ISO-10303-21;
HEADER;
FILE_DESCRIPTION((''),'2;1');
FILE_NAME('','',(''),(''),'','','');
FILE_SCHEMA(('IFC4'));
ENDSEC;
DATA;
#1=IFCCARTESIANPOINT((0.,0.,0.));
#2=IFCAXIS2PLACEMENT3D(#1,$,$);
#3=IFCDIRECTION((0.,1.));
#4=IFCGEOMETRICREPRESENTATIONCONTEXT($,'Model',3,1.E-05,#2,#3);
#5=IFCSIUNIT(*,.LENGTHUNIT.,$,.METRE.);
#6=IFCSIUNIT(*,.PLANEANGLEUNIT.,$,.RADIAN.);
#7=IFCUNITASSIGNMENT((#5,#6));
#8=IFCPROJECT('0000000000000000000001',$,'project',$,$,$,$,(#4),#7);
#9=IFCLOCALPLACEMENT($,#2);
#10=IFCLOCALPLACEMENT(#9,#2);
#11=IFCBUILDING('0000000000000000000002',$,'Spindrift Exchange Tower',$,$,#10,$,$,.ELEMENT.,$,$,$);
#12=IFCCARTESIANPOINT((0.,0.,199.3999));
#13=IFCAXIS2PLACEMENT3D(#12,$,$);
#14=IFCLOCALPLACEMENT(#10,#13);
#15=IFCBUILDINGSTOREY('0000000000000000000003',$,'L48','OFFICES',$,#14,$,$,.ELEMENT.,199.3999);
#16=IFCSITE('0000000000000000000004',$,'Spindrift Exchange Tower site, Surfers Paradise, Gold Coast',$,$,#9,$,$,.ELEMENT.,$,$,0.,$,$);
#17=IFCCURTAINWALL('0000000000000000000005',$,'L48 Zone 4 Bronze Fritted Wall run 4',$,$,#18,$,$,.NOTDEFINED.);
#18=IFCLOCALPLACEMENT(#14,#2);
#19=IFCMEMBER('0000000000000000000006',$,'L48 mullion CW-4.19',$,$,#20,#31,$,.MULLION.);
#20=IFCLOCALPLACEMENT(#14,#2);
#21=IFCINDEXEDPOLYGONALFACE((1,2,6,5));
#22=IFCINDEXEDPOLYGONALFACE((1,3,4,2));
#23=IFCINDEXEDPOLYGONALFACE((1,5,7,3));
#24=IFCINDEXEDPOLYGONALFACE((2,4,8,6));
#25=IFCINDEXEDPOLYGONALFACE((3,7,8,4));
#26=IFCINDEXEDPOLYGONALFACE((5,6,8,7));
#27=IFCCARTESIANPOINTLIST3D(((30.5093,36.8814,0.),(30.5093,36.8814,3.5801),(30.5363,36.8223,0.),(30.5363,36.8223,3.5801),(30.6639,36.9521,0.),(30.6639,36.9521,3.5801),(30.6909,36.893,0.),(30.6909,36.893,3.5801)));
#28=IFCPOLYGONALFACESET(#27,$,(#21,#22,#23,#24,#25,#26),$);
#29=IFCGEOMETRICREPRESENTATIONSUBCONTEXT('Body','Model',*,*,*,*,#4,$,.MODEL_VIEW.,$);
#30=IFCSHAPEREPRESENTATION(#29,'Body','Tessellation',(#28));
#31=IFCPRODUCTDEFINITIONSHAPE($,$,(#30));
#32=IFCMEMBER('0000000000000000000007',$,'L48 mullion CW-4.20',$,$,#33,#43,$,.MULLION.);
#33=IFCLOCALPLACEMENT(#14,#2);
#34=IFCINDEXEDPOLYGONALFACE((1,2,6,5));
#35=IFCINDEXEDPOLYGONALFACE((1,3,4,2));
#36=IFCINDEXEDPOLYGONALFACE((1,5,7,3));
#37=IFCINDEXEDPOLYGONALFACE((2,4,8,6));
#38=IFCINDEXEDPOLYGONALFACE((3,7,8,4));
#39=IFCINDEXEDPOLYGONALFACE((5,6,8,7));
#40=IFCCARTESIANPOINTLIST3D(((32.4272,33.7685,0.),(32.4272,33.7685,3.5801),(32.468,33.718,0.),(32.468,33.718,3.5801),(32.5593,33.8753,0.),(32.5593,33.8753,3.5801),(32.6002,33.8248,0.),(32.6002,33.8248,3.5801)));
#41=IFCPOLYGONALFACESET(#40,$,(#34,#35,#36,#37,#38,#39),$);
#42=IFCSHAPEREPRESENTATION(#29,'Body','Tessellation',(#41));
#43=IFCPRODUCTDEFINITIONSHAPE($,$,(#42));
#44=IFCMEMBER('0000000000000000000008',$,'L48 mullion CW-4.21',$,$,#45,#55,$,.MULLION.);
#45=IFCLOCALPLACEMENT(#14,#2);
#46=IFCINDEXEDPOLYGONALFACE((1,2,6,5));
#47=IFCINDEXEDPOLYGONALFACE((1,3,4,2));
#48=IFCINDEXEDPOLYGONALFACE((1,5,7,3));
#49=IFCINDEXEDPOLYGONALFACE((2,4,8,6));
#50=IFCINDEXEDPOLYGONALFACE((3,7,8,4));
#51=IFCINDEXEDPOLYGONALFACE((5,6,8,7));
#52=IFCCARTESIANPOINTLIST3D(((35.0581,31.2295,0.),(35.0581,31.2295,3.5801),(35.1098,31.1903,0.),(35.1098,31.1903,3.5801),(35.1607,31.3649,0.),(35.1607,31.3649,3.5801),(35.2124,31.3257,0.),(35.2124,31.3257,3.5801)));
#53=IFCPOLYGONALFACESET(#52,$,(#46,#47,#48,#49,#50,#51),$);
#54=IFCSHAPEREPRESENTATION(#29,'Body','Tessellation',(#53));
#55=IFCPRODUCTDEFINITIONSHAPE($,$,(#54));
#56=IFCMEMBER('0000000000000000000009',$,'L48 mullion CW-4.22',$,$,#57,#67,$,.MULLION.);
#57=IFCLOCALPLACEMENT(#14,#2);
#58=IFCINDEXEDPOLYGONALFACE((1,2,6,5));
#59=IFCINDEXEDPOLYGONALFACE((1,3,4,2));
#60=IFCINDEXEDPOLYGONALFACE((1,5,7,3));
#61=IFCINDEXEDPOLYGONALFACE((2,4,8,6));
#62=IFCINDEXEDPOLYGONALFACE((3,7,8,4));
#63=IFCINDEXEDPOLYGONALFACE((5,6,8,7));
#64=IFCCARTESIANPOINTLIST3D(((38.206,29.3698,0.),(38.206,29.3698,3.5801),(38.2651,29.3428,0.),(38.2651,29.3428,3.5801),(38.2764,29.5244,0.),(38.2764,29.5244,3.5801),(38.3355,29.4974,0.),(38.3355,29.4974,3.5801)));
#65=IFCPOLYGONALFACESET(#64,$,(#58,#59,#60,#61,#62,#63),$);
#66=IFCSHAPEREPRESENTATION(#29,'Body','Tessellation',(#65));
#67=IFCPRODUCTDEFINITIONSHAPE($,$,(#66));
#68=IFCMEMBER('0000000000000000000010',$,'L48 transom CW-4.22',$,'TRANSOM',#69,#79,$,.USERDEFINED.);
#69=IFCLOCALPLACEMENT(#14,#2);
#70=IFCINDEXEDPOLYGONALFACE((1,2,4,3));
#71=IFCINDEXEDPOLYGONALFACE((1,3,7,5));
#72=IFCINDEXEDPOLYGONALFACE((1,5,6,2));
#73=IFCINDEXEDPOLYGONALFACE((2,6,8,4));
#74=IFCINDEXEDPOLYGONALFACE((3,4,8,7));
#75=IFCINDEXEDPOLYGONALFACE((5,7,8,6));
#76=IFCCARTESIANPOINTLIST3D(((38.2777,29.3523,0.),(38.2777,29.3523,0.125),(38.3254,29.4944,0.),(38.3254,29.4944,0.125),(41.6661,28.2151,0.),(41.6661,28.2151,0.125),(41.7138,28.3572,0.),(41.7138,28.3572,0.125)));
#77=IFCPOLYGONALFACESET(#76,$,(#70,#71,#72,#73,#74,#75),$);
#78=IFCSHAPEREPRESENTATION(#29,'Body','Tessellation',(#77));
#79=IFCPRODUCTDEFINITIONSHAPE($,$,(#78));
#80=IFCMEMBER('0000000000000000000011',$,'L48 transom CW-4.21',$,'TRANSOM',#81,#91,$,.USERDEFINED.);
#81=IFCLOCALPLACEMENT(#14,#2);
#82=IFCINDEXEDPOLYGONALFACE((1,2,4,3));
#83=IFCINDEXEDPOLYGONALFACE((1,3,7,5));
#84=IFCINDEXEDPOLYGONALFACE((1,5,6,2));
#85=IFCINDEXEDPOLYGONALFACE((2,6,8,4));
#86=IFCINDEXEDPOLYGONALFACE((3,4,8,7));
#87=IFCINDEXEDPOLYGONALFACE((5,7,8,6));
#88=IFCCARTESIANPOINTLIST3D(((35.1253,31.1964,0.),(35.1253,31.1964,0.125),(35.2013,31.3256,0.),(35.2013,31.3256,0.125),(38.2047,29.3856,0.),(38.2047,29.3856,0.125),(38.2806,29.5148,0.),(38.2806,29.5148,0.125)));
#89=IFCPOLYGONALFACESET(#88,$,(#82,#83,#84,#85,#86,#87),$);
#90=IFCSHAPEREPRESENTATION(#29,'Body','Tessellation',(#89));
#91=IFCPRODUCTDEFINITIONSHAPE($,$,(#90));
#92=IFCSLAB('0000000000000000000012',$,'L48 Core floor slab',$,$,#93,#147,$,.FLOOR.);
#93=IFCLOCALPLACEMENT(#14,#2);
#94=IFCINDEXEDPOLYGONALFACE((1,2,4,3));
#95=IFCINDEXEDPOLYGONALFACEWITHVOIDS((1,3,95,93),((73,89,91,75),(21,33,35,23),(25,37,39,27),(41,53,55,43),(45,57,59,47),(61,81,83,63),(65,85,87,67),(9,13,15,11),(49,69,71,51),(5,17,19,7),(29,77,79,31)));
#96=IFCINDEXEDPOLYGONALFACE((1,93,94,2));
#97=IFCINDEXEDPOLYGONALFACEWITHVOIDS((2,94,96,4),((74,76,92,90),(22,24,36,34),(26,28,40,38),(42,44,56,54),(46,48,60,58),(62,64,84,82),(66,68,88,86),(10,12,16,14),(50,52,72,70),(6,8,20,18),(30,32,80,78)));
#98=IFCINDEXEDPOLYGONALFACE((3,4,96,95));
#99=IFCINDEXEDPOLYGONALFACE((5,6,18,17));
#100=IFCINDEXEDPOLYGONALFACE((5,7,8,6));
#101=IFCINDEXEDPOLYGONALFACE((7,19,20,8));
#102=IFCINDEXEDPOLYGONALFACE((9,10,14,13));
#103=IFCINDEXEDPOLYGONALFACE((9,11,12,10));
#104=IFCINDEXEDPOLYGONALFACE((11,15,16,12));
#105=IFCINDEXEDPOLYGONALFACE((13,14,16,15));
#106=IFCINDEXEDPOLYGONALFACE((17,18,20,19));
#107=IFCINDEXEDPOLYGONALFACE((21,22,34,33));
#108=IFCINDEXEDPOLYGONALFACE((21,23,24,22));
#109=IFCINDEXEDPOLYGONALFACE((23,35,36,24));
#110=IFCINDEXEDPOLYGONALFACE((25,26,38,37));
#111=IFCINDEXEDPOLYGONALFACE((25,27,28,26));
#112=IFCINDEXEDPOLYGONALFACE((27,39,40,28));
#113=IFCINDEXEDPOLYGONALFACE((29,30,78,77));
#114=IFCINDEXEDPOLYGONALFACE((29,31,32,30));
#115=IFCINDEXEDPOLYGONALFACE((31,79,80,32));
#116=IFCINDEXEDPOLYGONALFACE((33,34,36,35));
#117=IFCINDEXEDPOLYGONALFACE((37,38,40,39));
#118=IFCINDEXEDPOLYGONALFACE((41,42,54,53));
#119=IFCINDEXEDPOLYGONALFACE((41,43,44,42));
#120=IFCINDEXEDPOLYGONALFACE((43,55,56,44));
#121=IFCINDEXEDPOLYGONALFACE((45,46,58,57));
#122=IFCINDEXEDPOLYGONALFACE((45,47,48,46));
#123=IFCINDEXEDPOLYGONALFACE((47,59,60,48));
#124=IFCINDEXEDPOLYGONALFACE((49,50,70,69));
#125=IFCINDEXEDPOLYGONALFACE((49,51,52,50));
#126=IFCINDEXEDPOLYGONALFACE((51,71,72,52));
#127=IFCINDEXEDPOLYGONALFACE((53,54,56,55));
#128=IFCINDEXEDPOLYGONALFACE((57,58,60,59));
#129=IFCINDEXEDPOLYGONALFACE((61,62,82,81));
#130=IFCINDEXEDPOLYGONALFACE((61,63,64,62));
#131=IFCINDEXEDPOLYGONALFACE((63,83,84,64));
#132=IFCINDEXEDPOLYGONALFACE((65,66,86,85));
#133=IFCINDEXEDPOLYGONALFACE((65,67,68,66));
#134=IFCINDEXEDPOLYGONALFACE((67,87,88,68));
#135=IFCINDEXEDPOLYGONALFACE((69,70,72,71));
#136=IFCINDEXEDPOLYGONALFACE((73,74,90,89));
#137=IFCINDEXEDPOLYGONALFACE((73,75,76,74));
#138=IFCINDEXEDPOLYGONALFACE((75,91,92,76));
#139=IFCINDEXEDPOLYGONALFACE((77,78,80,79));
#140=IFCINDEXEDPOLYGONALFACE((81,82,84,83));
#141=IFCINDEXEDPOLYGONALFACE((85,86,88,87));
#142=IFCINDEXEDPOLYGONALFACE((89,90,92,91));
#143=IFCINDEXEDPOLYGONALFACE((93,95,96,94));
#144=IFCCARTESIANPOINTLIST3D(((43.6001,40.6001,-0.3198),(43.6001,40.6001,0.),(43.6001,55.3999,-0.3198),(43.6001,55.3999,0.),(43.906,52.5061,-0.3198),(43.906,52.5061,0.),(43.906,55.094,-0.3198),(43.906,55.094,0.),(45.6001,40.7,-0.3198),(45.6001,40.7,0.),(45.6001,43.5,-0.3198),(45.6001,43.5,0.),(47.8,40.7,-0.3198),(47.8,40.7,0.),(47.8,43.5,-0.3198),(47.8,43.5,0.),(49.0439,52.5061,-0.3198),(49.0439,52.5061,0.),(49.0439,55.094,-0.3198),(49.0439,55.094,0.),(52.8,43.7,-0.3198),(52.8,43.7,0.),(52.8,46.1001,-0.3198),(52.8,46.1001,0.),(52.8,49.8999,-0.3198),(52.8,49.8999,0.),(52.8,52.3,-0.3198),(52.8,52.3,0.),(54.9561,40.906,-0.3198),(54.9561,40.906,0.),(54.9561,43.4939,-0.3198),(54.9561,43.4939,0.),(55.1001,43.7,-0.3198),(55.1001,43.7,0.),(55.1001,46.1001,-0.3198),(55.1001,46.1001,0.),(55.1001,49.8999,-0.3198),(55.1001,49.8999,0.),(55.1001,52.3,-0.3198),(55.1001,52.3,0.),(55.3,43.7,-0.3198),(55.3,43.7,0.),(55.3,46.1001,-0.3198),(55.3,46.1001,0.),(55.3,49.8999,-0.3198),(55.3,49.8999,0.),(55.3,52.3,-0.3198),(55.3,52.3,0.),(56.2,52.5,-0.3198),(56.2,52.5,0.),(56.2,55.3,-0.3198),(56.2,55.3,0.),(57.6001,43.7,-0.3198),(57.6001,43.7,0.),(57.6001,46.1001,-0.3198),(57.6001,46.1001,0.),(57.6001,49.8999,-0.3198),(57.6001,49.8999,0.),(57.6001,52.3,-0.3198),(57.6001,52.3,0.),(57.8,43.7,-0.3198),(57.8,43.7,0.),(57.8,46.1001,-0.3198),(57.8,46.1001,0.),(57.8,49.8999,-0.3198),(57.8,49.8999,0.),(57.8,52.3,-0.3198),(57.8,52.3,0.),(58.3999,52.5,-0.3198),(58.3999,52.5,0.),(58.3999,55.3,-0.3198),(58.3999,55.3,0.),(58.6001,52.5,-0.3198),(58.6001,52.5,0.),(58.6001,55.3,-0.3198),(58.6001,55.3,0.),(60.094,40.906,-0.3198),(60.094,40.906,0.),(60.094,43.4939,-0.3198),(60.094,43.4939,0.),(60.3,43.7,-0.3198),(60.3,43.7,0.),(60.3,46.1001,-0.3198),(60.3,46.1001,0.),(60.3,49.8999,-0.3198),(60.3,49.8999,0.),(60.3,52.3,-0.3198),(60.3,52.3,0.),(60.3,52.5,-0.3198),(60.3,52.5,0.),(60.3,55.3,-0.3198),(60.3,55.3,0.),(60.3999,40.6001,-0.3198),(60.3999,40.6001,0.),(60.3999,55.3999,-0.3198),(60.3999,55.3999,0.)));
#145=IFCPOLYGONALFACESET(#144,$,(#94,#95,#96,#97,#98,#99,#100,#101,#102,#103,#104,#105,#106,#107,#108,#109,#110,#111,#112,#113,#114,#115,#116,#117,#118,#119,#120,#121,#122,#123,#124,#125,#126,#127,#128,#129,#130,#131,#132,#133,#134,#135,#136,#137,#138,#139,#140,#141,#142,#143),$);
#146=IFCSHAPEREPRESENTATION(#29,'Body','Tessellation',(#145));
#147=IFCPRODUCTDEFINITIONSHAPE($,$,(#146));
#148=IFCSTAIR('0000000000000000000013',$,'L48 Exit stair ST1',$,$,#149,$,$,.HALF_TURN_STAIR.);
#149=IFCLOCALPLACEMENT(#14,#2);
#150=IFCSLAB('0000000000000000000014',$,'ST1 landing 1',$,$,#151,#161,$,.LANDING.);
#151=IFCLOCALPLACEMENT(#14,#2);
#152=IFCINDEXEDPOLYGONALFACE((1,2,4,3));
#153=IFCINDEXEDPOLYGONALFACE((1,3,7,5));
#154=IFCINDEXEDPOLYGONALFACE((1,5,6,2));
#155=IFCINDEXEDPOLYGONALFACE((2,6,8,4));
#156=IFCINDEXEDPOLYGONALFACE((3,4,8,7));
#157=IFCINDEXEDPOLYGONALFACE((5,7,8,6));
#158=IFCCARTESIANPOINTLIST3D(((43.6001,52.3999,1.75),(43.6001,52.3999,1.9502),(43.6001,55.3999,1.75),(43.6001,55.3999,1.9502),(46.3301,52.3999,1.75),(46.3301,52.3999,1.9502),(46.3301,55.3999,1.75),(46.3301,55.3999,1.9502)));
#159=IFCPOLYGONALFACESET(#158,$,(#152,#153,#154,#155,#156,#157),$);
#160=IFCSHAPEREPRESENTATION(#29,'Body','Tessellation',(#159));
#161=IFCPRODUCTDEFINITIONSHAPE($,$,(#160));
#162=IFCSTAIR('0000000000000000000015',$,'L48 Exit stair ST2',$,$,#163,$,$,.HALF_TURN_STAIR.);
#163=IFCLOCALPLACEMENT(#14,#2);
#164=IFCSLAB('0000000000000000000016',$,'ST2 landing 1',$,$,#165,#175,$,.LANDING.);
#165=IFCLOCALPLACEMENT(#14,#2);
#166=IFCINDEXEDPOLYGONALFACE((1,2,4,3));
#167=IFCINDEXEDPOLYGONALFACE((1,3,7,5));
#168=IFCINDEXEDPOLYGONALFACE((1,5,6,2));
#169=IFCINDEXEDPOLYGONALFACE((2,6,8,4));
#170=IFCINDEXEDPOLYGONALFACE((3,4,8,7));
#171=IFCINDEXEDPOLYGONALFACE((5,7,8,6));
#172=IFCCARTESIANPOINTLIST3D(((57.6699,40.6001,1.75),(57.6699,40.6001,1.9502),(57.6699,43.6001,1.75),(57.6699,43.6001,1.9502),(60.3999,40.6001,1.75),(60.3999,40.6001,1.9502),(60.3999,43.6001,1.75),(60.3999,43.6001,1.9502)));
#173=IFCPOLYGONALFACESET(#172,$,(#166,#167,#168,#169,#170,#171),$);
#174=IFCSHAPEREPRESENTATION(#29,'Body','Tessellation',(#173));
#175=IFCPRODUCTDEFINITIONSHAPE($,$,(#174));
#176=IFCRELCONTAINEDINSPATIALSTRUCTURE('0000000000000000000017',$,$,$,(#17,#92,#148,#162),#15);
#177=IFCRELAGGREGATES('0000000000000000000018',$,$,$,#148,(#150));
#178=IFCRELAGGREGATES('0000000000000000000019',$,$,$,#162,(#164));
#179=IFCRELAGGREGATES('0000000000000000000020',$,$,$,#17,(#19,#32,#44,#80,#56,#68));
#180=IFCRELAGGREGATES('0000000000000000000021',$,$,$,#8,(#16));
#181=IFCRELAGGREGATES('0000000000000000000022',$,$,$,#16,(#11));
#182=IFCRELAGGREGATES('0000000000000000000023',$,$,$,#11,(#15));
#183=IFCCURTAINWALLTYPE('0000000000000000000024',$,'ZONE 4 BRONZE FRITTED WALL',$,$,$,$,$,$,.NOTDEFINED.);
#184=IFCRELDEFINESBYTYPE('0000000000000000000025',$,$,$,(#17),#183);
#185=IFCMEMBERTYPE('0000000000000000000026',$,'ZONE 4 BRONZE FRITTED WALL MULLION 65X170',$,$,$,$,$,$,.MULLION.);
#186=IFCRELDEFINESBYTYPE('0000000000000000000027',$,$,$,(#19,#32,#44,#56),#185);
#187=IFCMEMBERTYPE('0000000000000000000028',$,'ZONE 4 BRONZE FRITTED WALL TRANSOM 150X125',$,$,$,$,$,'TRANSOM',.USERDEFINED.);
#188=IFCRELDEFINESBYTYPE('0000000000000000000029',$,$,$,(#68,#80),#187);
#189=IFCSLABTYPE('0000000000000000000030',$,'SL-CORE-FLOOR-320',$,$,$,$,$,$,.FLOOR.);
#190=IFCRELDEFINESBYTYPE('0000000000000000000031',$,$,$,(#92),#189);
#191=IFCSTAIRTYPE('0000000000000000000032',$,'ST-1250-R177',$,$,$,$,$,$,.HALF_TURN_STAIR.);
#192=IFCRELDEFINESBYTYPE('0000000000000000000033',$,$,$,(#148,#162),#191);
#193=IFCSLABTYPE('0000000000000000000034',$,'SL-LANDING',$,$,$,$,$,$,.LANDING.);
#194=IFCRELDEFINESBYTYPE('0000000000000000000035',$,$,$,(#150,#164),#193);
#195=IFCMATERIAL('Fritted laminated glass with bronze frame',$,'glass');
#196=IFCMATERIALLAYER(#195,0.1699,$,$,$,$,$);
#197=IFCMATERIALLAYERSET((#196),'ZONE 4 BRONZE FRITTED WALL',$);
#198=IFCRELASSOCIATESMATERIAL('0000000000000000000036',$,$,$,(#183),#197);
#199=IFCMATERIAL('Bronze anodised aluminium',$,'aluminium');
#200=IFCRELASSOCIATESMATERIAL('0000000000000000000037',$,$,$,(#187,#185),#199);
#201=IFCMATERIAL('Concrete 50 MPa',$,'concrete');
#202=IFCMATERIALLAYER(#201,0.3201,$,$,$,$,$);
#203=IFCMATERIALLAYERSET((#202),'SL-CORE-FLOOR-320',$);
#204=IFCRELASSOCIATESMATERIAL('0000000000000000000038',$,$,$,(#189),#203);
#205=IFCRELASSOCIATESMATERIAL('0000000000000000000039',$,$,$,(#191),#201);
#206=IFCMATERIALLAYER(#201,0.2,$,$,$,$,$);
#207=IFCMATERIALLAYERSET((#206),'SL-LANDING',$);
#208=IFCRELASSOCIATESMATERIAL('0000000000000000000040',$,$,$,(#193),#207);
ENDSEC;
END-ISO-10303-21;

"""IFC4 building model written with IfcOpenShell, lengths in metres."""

from ifc_helpers import new_model, si_unit, direction, frame, origin, origin_2d, place, context, subcontext, project, spatial, line, indexed_curve, rectangle, outline, extrude, source, transform, mapped, material, layer, layer_set, material_profile, profile_set, type_object, element, aggregate, save


model = new_model("IFC4")

# Units and contexts
model_context = context("Model", 3, precision=1e-05, world=origin(), true_north=direction((0.0, 1.0)))
body_context = subcontext(model_context, "Body", "Model", "MODEL_VIEW")
ifc_project = project(units=[si_unit("LENGTHUNIT", "METRE"), si_unit("PLANEANGLEUNIT", "RADIAN")], contexts=[model_context])

# Site, building, storey
site_placement = place(None, origin())
site = spatial("IfcSite", under=ifc_project, at=site_placement, Name="Spindrift Exchange Tower site, Surfers Paradise, Gold Coast", CompositionType="ELEMENT", RefElevation=0.0)
building_placement = place(site_placement, origin())
building = spatial("IfcBuilding", under=site, at=building_placement, Name="Spindrift Exchange Tower", CompositionType="ELEMENT")
storey_placement = place(building_placement, frame((0.0, 0.0, 199.3999)))
storey = spatial("IfcBuildingStorey", under=building, at=storey_placement, Name="L48", Description="OFFICES", CompositionType="ELEMENT", Elevation=199.3999)

# Shared definitions
ifc_material_1 = material(Name="Concrete 50 MPa", Category="concrete")

# Curtain wall, members
ifc_material_2 = material(Name="Fritted laminated glass with bronze frame", Category="glass")
ifc_layer_1 = layer(ifc_material_2, 0.1699)
ifc_layer_set_1 = layer_set([ifc_layer_1], Name="ZONE 4 BRONZE FRITTED WALL")
curtain_wall_type = type_object("IfcCurtainWallType", Name="ZONE 4 BRONZE FRITTED WALL", PredefinedType="NOTDEFINED", material=ifc_layer_set_1)
curtain_wall_placement = place(storey_placement, origin())
curtain_wall = element("IfcCurtainWall", 1, at=curtain_wall_placement, inside=storey, type_object=curtain_wall_type, Name="L48 Zone 4 Bronze Fritted Wall run 4", PredefinedType="NOTDEFINED")
ifc_material_3 = material(Name="Bronze anodised aluminium", Category="aluminium")
ifc_material_profile_1 = material_profile(ifc_material_3, rectangle(XDim=0.1499, YDim=0.125, at=origin_2d()), Name="ZONE 4 BRONZE FRITTED WALL TRANSOM 150X125")
ifc_profile_set_1 = profile_set([ifc_material_profile_1], Name="Bronze anodised aluminium")
member_type_1 = type_object("IfcMemberType", Name="ZONE 4 BRONZE FRITTED WALL TRANSOM 150X125", ElementType="TRANSOM", PredefinedType="USERDEFINED", material=ifc_profile_set_1)
ifc_material_profile_2 = material_profile(ifc_material_3, rectangle(XDim=0.0649, YDim=0.1699, at=origin_2d()), Name="ZONE 4 BRONZE FRITTED WALL MULLION 65X170")
ifc_profile_set_2 = profile_set([ifc_material_profile_2], Name="Bronze anodised aluminium")
member_type_2 = type_object("IfcMemberType", Name="ZONE 4 BRONZE FRITTED WALL MULLION 65X170", PredefinedType="MULLION", material=ifc_profile_set_2)
shared_shape_1 = source(origin(), body_context, "Body", "SweptSolid", [
    extrude(rectangle(XDim=0.0649, YDim=0.1699, at=origin_2d()), origin(), (0.0, 0.0, 1.0), 3.5801),
])
member_1_placement = place(storey_placement, frame((30.6001, 36.8872, 0.0), z_axis=(0.0, 0.0, 1.0), x_axis=(0.415914, -0.909404, 0.0)))
member_1 = element("IfcMember", 2, at=member_1_placement, type_object=member_type_2, Name="L48 mullion CW-4.19", PredefinedType="MULLION", context=body_context, shape_type="MappedRepresentation", body=[
    mapped(shared_shape_1, transform((0.0, 0.0, 0.0), scale=1.0)),
])
member_2_placement = place(storey_placement, frame((32.5137, 33.7966, 0.0), z_axis=(0.0, 0.0, 1.0), x_axis=(0.62868, -0.777664, 0.0)))
member_2 = element("IfcMember", 3, at=member_2_placement, type_object=member_type_2, Name="L48 mullion CW-4.20", PredefinedType="MULLION", context=body_context, shape_type="MappedRepresentation", body=[
    mapped(shared_shape_1, transform((0.0, 0.0, 0.0), scale=1.0)),
])
member_3_placement = place(storey_placement, frame((35.1353, 31.2776, 0.0), z_axis=(0.0, 0.0, 1.0), x_axis=(0.796972, -0.604016, 0.0)))
member_3 = element("IfcMember", 4, at=member_3_placement, type_object=member_type_2, Name="L48 mullion CW-4.21", PredefinedType="MULLION", context=body_context, shape_type="MappedRepresentation", body=[
    mapped(shared_shape_1, transform((0.0, 0.0, 0.0), scale=1.0)),
])
member_4_placement = place(storey_placement, frame((38.2708, 29.4336, 0.0), z_axis=(0.0, 0.0, 1.0), x_axis=(0.909919, -0.414786, 0.0)))
member_4 = element("IfcMember", 5, at=member_4_placement, type_object=member_type_2, Name="L48 mullion CW-4.22", PredefinedType="MULLION", context=body_context, shape_type="MappedRepresentation", body=[
    mapped(shared_shape_1, transform((0.0, 0.0, 0.0), scale=1.0)),
])
shared_shape_2 = source(origin(), body_context, "Body", "SweptSolid", [
    extrude(rectangle(XDim=0.1499, YDim=0.125, at=origin_2d()), origin(), (0.0, 0.0, 1.0), 3.5742),
])
member_5_placement = place(storey_placement, frame((38.3015, 29.4233, 0.0625), z_axis=(0.948032, -0.318174, 0.0), x_axis=(0.318174, 0.948032, 0.0)))
member_5 = element("IfcMember", 6, at=member_5_placement, type_object=member_type_1, Name="L48 transom CW-4.22", ObjectType="TRANSOM", PredefinedType="USERDEFINED", context=body_context, shape_type="MappedRepresentation", body=[
    mapped(shared_shape_2, transform((0.0, 0.0, 0.0), scale=1.0)),
])
shared_shape_3 = source(origin(), body_context, "Body", "SweptSolid", [
    extrude(rectangle(XDim=0.1499, YDim=0.125, at=origin_2d()), origin(), (0.0, 0.0, 1.0), 3.5723),
])
member_6_placement = place(storey_placement, frame((35.1633, 31.261, 0.0625), z_axis=(0.862006, -0.506898, 0.0), x_axis=(0.506898, 0.862006, 0.0)))
member_6 = element("IfcMember", 7, at=member_6_placement, type_object=member_type_1, Name="L48 transom CW-4.21", ObjectType="TRANSOM", PredefinedType="USERDEFINED", context=body_context, shape_type="MappedRepresentation", body=[
    mapped(shared_shape_3, transform((0.0, 0.0, 0.0), scale=1.0)),
])

# Slab
ifc_layer_2 = layer(ifc_material_1, 0.3201)
ifc_layer_set_2 = layer_set([ifc_layer_2], Name="SL-CORE-FLOOR-320")
slab_type_1 = type_object("IfcSlabType", Name="SL-CORE-FLOOR-320", PredefinedType="FLOOR", material=ifc_layer_set_2)
slab_1_placement = place(storey_placement, frame((0.0, 0.0, -0.3198)))
element("IfcSlab", 8, at=slab_1_placement, inside=storey, type_object=slab_type_1, Name="L48 Core floor slab", PredefinedType="FLOOR", context=body_context, shape_type="SweptSolid", body=[
    extrude(outline(indexed_curve([(43.6001, 40.6001), (43.6001, 55.3999), (60.3999, 55.3999), (60.3999, 40.6001)], segments=[line(1, 2, 3, 4, 1)], self_intersect=False), holes=[indexed_curve([(45.6001, 43.5), (45.6001, 40.7), (47.8, 40.7), (47.8, 43.5)], segments=[line(1, 2, 3, 4, 1)], self_intersect=False), indexed_curve([(52.8, 46.1001), (52.8, 43.7), (55.1001, 43.7), (55.1001, 46.1001)], segments=[line(1, 2, 3, 4, 1)], self_intersect=False), indexed_curve([(55.3, 46.1001), (55.3, 43.7), (57.6001, 43.7), (57.6001, 46.1001)], segments=[line(1, 2, 3, 4, 1)], self_intersect=False), indexed_curve([(55.1001, 52.3), (52.8, 52.3), (52.8, 49.8999), (55.1001, 49.8999)], segments=[line(1, 2, 3, 4, 1)], self_intersect=False), indexed_curve([(57.6001, 52.3), (55.3, 52.3), (55.3, 49.8999), (57.6001, 49.8999)], segments=[line(1, 2, 3, 4, 1)], self_intersect=False), indexed_curve([(43.906, 52.5061), (49.0439, 52.5061), (49.0439, 55.094), (43.906, 55.094)], segments=[line(1, 2, 3, 4, 1)], self_intersect=False), indexed_curve([(60.094, 40.906), (60.094, 43.4939), (54.9561, 43.4939), (54.9561, 40.906)], segments=[line(1, 2, 3, 4, 1)], self_intersect=False), indexed_curve([(60.3, 46.1001), (57.8, 46.1001), (57.8, 43.7), (60.3, 43.7)], segments=[line(1, 2, 3, 4, 1)], self_intersect=False), indexed_curve([(57.8, 52.3), (57.8, 49.8999), (60.3, 49.8999), (60.3, 52.3)], segments=[line(1, 2, 3, 4, 1)], self_intersect=False), indexed_curve([(58.3999, 55.3), (56.2, 55.3), (56.2, 52.5), (58.3999, 52.5)], segments=[line(1, 2, 3, 4, 1)], self_intersect=False), indexed_curve([(60.3, 55.3), (58.6001, 55.3), (58.6001, 52.5), (60.3, 52.5)], segments=[line(1, 2, 3, 4, 1)], self_intersect=False)]), origin(), (0.0, 0.0, 1.0), 0.3198),
])

# Stairs, slabs
stair_type = type_object("IfcStairType", Name="ST-1250-R177", PredefinedType="HALF_TURN_STAIR", material=ifc_material_1)
stair_1_placement = place(storey_placement, origin())
stair_1 = element("IfcStair", 9, at=stair_1_placement, inside=storey, type_object=stair_type, Name="L48 Exit stair ST1", PredefinedType="HALF_TURN_STAIR")
ifc_layer_3 = layer(ifc_material_1, 0.2)
ifc_layer_set_3 = layer_set([ifc_layer_3], Name="SL-LANDING")
slab_type_2 = type_object("IfcSlabType", Name="SL-LANDING", PredefinedType="LANDING", material=ifc_layer_set_3)
slab_2_placement = place(storey_placement, frame((0.0, 0.0, 1.75)))
slab_2 = element("IfcSlab", 10, at=slab_2_placement, type_object=slab_type_2, Name="ST1 landing 1", PredefinedType="LANDING", context=body_context, shape_type="SweptSolid", body=[
    extrude(outline(indexed_curve([(46.3301, 52.3999), (43.6001, 52.3999), (43.6001, 55.3999), (46.3301, 55.3999)], segments=[line(1, 2, 3, 4, 1)], self_intersect=False)), origin(), (0.0, 0.0, 1.0), 0.2002),
])
aggregate(stair_1, [slab_2])
stair_2_placement = place(storey_placement, origin())
stair_2 = element("IfcStair", 11, at=stair_2_placement, inside=storey, type_object=stair_type, Name="L48 Exit stair ST2", PredefinedType="HALF_TURN_STAIR")
slab_3_placement = place(storey_placement, frame((0.0, 0.0, 1.75)))
slab_3 = element("IfcSlab", 12, at=slab_3_placement, type_object=slab_type_2, Name="ST2 landing 1", PredefinedType="LANDING", context=body_context, shape_type="SweptSolid", body=[
    extrude(outline(indexed_curve([(57.6699, 43.6001), (60.3999, 43.6001), (60.3999, 40.6001), (57.6699, 40.6001)], segments=[line(1, 2, 3, 4, 1)], self_intersect=False)), origin(), (0.0, 0.0, 1.0), 0.2002),
])
aggregate(stair_2, [slab_3])

aggregate(curtain_wall, [member_1, member_2, member_3, member_6, member_4, member_5])

save(model, "model.ifc")
